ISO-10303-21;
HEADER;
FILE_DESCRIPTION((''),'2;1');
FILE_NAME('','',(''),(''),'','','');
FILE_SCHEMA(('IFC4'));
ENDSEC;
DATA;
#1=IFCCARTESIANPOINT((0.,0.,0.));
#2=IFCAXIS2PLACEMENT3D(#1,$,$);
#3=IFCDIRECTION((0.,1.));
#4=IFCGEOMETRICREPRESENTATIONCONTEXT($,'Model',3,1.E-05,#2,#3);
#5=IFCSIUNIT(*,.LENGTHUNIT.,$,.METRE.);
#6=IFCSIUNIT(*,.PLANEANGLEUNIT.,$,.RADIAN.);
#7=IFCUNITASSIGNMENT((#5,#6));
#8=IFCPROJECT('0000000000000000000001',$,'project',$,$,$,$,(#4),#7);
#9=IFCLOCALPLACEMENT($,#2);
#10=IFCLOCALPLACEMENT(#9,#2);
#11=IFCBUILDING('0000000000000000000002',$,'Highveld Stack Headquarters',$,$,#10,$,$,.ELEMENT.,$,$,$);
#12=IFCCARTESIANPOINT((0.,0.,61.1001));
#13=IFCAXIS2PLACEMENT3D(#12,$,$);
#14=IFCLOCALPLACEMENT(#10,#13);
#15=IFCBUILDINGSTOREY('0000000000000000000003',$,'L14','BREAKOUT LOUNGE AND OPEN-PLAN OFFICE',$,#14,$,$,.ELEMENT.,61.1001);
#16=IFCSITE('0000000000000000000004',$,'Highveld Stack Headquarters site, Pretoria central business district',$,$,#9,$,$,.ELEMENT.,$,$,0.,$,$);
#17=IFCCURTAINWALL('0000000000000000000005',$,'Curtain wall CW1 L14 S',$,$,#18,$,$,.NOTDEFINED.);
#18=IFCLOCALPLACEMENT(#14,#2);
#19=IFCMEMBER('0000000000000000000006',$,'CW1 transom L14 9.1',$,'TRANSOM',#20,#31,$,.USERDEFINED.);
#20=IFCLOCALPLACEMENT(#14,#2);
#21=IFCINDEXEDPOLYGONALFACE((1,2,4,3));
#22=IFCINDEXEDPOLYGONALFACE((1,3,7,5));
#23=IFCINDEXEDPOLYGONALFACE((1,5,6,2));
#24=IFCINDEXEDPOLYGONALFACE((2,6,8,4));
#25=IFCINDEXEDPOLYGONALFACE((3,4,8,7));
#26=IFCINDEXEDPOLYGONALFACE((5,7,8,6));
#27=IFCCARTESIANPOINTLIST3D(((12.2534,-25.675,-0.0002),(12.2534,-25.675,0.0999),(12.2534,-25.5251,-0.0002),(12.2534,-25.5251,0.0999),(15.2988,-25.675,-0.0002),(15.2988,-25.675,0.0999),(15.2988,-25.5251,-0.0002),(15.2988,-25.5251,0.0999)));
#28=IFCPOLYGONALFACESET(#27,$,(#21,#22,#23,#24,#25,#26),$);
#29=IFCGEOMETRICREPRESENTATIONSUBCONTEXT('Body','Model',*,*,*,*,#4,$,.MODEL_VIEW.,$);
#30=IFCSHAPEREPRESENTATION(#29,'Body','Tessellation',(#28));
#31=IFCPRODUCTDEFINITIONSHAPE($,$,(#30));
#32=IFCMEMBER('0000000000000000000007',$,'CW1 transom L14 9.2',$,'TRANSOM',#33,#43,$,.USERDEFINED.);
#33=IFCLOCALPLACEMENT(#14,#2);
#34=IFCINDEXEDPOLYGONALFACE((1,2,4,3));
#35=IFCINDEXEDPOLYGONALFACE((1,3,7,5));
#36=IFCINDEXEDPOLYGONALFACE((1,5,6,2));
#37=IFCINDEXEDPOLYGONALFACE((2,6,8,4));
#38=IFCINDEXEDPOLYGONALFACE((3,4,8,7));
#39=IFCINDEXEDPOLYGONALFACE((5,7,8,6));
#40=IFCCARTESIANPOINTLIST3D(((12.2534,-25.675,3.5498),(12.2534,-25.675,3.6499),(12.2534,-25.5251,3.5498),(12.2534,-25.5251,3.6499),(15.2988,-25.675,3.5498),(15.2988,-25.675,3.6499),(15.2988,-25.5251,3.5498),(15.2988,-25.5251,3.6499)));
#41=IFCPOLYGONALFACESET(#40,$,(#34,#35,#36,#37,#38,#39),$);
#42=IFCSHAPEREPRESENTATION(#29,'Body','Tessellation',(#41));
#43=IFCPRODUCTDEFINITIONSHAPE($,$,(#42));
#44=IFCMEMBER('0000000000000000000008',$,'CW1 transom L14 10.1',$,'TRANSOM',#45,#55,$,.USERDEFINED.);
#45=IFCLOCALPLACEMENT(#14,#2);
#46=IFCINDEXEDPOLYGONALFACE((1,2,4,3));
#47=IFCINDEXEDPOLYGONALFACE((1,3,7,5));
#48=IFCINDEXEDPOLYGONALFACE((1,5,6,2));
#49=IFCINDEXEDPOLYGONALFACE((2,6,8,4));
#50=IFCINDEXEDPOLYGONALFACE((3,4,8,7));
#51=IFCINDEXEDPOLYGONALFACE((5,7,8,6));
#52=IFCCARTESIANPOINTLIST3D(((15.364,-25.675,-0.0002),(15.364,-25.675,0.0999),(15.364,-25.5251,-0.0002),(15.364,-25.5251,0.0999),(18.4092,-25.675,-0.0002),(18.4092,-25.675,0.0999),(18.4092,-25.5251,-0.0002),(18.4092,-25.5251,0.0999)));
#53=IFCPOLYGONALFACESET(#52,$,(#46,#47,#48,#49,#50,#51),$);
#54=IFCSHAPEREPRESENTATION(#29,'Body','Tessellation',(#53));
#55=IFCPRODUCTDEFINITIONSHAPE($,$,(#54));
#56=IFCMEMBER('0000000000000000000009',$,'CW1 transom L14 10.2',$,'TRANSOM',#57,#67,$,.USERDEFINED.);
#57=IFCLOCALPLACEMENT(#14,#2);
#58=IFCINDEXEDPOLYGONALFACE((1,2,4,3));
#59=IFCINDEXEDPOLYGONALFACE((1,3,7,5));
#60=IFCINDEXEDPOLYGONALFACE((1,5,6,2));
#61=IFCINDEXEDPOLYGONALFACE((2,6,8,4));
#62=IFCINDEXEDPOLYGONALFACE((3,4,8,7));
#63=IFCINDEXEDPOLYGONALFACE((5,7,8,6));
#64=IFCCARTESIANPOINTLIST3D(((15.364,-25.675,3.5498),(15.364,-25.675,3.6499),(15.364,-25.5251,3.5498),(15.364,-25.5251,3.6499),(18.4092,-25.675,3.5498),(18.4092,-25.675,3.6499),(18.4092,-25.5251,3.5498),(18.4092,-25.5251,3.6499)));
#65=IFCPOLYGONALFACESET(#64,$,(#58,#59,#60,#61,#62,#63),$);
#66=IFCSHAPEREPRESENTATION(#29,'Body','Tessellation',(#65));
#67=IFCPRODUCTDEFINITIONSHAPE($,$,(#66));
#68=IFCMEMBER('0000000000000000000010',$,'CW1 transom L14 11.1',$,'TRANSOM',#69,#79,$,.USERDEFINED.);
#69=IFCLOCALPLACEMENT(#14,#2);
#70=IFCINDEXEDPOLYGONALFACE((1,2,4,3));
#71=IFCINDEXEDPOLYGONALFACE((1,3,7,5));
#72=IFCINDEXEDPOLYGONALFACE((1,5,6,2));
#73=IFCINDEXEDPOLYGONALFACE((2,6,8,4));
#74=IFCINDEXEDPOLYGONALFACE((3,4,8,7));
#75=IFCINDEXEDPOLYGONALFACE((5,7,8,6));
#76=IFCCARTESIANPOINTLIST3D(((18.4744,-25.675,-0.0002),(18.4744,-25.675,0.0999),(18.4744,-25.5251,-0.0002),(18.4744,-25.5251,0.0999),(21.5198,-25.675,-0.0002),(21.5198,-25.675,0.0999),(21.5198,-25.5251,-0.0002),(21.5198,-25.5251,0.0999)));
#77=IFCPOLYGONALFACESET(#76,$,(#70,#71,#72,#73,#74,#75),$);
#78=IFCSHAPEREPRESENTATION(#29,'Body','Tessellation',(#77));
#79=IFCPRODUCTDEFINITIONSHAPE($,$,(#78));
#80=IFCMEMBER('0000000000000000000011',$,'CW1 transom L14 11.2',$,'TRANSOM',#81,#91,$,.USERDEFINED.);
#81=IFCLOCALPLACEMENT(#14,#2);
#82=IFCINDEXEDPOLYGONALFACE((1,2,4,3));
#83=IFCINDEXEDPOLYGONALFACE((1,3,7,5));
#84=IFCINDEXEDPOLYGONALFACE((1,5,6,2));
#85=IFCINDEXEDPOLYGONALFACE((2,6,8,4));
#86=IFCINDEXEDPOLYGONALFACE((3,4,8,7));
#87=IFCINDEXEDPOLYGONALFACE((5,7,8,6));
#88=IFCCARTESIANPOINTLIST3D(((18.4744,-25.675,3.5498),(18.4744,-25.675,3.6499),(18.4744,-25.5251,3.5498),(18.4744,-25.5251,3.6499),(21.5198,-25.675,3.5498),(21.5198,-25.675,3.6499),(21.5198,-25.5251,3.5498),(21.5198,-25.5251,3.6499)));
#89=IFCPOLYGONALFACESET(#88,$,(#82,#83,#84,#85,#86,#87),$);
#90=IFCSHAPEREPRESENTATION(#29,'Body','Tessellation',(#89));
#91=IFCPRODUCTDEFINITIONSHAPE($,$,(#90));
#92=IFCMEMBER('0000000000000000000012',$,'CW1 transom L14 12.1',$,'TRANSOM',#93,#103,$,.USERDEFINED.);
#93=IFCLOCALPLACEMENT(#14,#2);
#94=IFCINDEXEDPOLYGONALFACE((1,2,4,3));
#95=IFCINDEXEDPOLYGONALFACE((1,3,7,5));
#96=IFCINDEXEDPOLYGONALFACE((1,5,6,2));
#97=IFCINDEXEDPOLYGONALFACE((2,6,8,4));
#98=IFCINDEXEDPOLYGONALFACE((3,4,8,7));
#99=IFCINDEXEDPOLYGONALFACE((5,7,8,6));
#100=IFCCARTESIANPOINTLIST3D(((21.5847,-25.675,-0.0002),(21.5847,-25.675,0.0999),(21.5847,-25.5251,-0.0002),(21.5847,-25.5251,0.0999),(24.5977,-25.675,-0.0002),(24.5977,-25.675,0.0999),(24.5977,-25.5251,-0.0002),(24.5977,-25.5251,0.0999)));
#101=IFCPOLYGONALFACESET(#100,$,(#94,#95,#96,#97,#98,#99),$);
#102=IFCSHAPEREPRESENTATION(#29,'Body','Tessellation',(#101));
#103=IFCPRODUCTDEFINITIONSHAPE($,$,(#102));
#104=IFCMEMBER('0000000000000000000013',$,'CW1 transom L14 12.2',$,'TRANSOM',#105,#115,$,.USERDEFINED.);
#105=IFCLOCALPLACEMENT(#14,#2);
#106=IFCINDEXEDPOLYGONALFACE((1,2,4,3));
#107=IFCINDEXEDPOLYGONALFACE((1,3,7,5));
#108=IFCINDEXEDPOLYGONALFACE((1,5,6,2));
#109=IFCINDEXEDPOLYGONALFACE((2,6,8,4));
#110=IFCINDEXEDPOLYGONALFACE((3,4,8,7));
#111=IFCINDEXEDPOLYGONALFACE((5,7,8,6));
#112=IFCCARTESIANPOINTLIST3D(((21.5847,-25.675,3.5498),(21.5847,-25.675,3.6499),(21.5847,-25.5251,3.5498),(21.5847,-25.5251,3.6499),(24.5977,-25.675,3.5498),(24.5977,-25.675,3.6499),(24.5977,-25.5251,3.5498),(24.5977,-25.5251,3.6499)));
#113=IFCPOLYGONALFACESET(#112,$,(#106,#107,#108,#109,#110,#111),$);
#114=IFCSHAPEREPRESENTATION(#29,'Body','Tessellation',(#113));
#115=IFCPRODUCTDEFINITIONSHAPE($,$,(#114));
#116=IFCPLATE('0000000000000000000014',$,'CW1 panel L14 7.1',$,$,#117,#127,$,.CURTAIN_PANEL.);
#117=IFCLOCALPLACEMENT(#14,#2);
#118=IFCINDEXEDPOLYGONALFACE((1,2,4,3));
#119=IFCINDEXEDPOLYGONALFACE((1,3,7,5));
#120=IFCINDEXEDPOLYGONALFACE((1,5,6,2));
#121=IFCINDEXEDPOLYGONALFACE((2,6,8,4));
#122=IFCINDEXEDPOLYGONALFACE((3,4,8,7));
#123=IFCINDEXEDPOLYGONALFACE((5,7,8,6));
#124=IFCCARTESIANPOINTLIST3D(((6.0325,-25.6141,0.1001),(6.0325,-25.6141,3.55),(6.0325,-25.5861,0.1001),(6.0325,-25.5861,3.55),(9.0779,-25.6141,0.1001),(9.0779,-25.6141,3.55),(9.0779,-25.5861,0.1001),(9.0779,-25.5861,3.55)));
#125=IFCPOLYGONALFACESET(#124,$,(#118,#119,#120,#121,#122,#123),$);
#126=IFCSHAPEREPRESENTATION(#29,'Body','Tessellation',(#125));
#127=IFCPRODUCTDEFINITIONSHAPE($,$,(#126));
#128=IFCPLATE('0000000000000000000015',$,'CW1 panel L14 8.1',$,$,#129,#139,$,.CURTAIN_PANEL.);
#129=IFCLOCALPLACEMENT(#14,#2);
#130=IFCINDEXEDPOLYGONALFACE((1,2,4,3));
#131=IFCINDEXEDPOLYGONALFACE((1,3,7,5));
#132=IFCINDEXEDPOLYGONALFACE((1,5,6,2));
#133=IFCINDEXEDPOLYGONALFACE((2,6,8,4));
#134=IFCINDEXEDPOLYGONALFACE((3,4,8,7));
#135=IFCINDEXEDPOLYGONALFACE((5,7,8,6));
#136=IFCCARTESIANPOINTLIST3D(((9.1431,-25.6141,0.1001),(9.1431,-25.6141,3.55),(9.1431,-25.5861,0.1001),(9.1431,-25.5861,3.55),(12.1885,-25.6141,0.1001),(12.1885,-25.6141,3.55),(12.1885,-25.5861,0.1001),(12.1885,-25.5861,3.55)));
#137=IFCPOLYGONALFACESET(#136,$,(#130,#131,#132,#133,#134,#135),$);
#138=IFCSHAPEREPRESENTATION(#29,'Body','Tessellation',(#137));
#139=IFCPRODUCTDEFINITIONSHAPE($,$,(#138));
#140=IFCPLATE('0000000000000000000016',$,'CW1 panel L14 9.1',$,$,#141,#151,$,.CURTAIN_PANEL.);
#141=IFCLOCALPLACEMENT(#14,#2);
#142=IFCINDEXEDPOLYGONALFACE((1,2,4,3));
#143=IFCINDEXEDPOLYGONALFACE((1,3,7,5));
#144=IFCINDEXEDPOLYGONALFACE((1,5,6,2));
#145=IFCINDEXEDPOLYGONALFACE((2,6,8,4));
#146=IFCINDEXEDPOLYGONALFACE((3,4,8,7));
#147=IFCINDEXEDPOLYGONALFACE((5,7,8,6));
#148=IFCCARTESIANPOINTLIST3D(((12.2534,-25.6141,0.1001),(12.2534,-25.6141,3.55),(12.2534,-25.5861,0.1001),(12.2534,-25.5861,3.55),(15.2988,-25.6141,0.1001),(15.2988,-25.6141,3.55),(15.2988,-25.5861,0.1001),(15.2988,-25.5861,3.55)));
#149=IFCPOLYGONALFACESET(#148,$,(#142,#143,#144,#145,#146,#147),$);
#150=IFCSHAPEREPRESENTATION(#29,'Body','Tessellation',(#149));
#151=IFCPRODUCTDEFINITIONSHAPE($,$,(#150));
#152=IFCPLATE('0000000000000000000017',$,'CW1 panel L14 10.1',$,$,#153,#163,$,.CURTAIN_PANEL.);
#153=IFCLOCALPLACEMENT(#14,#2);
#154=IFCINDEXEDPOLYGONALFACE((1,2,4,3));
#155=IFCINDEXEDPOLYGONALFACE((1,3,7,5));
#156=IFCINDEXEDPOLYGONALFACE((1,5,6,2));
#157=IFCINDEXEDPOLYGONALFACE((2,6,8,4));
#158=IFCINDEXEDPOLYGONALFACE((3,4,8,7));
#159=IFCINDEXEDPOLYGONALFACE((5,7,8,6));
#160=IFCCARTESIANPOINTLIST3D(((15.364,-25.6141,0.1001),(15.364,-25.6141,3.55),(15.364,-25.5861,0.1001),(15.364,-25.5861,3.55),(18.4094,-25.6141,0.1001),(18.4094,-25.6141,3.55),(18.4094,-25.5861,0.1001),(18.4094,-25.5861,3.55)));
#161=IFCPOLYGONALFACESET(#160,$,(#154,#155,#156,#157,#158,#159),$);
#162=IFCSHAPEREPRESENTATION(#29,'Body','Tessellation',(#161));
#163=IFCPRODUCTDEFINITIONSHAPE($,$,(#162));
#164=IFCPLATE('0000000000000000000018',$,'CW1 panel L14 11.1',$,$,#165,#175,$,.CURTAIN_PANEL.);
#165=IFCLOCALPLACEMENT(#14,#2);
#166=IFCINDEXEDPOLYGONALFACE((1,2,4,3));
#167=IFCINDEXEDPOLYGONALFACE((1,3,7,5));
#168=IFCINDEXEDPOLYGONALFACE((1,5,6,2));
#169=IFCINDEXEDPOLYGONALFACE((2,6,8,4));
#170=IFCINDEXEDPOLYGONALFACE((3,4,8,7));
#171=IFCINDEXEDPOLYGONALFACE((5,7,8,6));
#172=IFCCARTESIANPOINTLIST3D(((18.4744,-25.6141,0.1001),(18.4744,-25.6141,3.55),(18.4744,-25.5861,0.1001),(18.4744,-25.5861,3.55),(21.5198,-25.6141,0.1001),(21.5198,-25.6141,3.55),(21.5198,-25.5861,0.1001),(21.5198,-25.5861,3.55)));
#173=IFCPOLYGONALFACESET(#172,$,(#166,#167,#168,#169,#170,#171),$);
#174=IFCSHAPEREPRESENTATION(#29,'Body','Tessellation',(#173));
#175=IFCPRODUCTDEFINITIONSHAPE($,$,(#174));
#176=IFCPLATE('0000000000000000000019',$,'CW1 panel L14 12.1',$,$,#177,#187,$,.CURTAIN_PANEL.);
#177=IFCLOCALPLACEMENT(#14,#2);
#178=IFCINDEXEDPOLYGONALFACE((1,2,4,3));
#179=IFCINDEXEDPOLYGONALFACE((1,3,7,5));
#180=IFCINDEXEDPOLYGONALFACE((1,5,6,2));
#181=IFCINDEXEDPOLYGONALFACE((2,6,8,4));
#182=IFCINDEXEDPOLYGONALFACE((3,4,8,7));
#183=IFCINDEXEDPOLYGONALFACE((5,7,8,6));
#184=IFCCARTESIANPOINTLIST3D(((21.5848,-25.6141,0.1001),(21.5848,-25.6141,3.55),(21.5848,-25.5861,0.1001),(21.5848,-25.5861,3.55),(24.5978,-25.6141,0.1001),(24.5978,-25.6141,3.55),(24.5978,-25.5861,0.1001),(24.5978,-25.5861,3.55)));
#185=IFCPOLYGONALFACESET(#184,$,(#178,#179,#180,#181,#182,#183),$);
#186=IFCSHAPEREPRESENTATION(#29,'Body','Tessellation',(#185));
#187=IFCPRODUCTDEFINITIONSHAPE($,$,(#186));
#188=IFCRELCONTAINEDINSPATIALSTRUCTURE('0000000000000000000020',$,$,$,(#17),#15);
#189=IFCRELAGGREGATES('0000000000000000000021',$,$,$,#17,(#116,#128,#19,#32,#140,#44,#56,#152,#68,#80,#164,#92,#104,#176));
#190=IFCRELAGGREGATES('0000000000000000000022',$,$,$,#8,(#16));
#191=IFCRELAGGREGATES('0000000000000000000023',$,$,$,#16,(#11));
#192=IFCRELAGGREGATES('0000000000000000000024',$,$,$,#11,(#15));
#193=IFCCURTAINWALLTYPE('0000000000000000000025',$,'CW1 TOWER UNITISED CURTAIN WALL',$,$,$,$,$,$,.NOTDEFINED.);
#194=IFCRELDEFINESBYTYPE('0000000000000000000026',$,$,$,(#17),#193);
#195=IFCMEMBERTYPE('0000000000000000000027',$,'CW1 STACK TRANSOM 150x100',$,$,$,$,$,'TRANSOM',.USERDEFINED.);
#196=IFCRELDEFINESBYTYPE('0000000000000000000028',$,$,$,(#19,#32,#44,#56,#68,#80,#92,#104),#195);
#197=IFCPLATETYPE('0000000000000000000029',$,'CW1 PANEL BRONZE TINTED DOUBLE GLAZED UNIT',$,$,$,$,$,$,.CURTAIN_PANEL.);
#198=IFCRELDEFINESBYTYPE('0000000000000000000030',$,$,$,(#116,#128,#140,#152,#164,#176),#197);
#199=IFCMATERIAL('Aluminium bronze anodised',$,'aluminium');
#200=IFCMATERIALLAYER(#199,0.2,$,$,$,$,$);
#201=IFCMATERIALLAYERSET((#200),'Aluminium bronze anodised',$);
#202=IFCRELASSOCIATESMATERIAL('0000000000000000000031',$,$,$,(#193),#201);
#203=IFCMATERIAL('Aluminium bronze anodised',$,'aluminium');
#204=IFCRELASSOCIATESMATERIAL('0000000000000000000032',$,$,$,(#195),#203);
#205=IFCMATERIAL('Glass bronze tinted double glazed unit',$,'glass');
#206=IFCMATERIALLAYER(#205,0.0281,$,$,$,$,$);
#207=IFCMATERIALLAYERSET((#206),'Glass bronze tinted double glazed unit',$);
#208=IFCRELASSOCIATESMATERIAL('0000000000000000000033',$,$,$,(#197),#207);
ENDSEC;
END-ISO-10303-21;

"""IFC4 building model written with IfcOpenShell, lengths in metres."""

from ifc_helpers import new_model, si_unit, direction, frame, origin, origin_2d, place, context, subcontext, project, spatial, rectangle, extrude, material, layer, layer_set, material_profile, profile_set, type_object, element, aggregate, save


model = new_model("IFC4")

# Units and contexts
model_context = context("Model", 3, precision=1e-05, world=origin(), true_north=direction((0.0, 1.0)))
body_context = subcontext(model_context, "Body", "Model", "MODEL_VIEW")
ifc_project = project(units=[si_unit("LENGTHUNIT", "METRE"), si_unit("PLANEANGLEUNIT", "RADIAN")], contexts=[model_context])

# Site, building, storey
site_placement = place(None, origin())
site = spatial("IfcSite", under=ifc_project, at=site_placement, Name="Highveld Stack Headquarters site, Pretoria central business district", CompositionType="ELEMENT", RefElevation=0.0)
building_placement = place(site_placement, origin())
building = spatial("IfcBuilding", under=site, at=building_placement, Name="Highveld Stack Headquarters", CompositionType="ELEMENT")
storey_placement = place(building_placement, frame((0.0, 0.0, 61.1001)))
storey = spatial("IfcBuildingStorey", under=building, at=storey_placement, Name="L14", Description="BREAKOUT LOUNGE AND OPEN-PLAN OFFICE", CompositionType="ELEMENT", Elevation=61.1001)

# Curtain wall, members, plates
ifc_material_1 = material(Name="Aluminium bronze anodised", Category="aluminium")
ifc_layer_1 = layer(ifc_material_1, 0.2)
ifc_layer_set_1 = layer_set([ifc_layer_1], Name="Aluminium bronze anodised")
curtain_wall_type = type_object("IfcCurtainWallType", Name="CW1 TOWER UNITISED CURTAIN WALL", PredefinedType="NOTDEFINED", material=ifc_layer_set_1)
curtain_wall_placement = place(storey_placement, origin())
curtain_wall = element("IfcCurtainWall", 1, at=curtain_wall_placement, inside=storey, type_object=curtain_wall_type, Name="Curtain wall CW1 L14 S", PredefinedType="NOTDEFINED")
ifc_material_2 = material(Name="Aluminium bronze anodised", Category="aluminium")
ifc_material_profile_1 = material_profile(ifc_material_2, rectangle(XDim=0.1499, YDim=0.1001, at=origin_2d()), Name="CW1 TRANSOM 150x100")
ifc_profile_set_1 = profile_set([ifc_material_profile_1], Name="Aluminium bronze anodised")
member_type_1 = type_object("IfcMemberType", Name="CW1 STACK TRANSOM 150x100", ElementType="TRANSOM", PredefinedType="USERDEFINED", material=ifc_profile_set_1)
member_1_placement = place(storey_placement, frame((12.2534, -25.6001, 0.0498), z_axis=(1.0, 0.0, 0.0), x_axis=(0.0, 1.0, 0.0)))
member_1 = element("IfcMember", 2, at=member_1_placement, type_object=member_type_1, Name="CW1 transom L14 9.1", ObjectType="TRANSOM", PredefinedType="USERDEFINED", context=body_context, shape_type="SweptSolid", body=[
    extrude(rectangle(XDim=0.1499, YDim=0.1001, at=origin_2d()), origin(), (0.0, 0.0, 1.0), 3.0454),
])
member_2_placement = place(storey_placement, frame((12.2534, -25.6001, 3.5999), z_axis=(1.0, 0.0, 0.0), x_axis=(0.0, 1.0, 0.0)))
member_2 = element("IfcMember", 3, at=member_2_placement, type_object=member_type_1, Name="CW1 transom L14 9.2", ObjectType="TRANSOM", PredefinedType="USERDEFINED", context=body_context, shape_type="SweptSolid", body=[
    extrude(rectangle(XDim=0.1499, YDim=0.1001, at=origin_2d()), origin(), (0.0, 0.0, 1.0), 3.0454),
])
member_3_placement = place(storey_placement, frame((15.364, -25.6001, 0.0498), z_axis=(1.0, 0.0, 0.0), x_axis=(0.0, 1.0, 0.0)))
member_3 = element("IfcMember", 4, at=member_3_placement, type_object=member_type_1, Name="CW1 transom L14 10.1", ObjectType="TRANSOM", PredefinedType="USERDEFINED", context=body_context, shape_type="SweptSolid", body=[
    extrude(rectangle(XDim=0.1499, YDim=0.1001, at=origin_2d()), origin(), (0.0, 0.0, 1.0), 3.0452),
])
member_4_placement = place(storey_placement, frame((15.364, -25.6001, 3.5999), z_axis=(1.0, 0.0, 0.0), x_axis=(0.0, 1.0, 0.0)))
member_4 = element("IfcMember", 5, at=member_4_placement, type_object=member_type_1, Name="CW1 transom L14 10.2", ObjectType="TRANSOM", PredefinedType="USERDEFINED", context=body_context, shape_type="SweptSolid", body=[
    extrude(rectangle(XDim=0.1499, YDim=0.1001, at=origin_2d()), origin(), (0.0, 0.0, 1.0), 3.0452),
])
member_5_placement = place(storey_placement, frame((18.4744, -25.6001, 0.0498), z_axis=(1.0, 0.0, 0.0), x_axis=(0.0, 1.0, 0.0)))
member_5 = element("IfcMember", 6, at=member_5_placement, type_object=member_type_1, Name="CW1 transom L14 11.1", ObjectType="TRANSOM", PredefinedType="USERDEFINED", context=body_context, shape_type="SweptSolid", body=[
    extrude(rectangle(XDim=0.1499, YDim=0.1001, at=origin_2d()), origin(), (0.0, 0.0, 1.0), 3.0454),
])
member_6_placement = place(storey_placement, frame((18.4744, -25.6001, 3.5999), z_axis=(1.0, 0.0, 0.0), x_axis=(0.0, 1.0, 0.0)))
member_6 = element("IfcMember", 7, at=member_6_placement, type_object=member_type_1, Name="CW1 transom L14 11.2", ObjectType="TRANSOM", PredefinedType="USERDEFINED", context=body_context, shape_type="SweptSolid", body=[
    extrude(rectangle(XDim=0.1499, YDim=0.1001, at=origin_2d()), origin(), (0.0, 0.0, 1.0), 3.0454),
])
member_7_placement = place(storey_placement, frame((21.5847, -25.6001, 0.0498), z_axis=(1.0, 0.0, 0.0), x_axis=(0.0, 1.0, 0.0)))
member_7 = element("IfcMember", 8, at=member_7_placement, type_object=member_type_1, Name="CW1 transom L14 12.1", ObjectType="TRANSOM", PredefinedType="USERDEFINED", context=body_context, shape_type="SweptSolid", body=[
    extrude(rectangle(XDim=0.1499, YDim=0.1001, at=origin_2d()), origin(), (0.0, 0.0, 1.0), 3.0129),
])
member_8_placement = place(storey_placement, frame((21.5847, -25.6001, 3.5999), z_axis=(1.0, 0.0, 0.0), x_axis=(0.0, 1.0, 0.0)))
member_8 = element("IfcMember", 9, at=member_8_placement, type_object=member_type_1, Name="CW1 transom L14 12.2", ObjectType="TRANSOM", PredefinedType="USERDEFINED", context=body_context, shape_type="SweptSolid", body=[
    extrude(rectangle(XDim=0.1499, YDim=0.1001, at=origin_2d()), origin(), (0.0, 0.0, 1.0), 3.0129),
])
ifc_material_3 = material(Name="Glass bronze tinted double glazed unit", Category="glass")
ifc_layer_2 = layer(ifc_material_3, 0.0281)
ifc_layer_set_2 = layer_set([ifc_layer_2], Name="Glass bronze tinted double glazed unit")
plate_type = type_object("IfcPlateType", Name="CW1 PANEL BRONZE TINTED DOUBLE GLAZED UNIT", PredefinedType="CURTAIN_PANEL", material=ifc_layer_set_2)
plate_1_placement = place(storey_placement, frame((7.5552, -25.6001, 0.1001), z_axis=(0.0, 0.0, 1.0), x_axis=(1.0, 0.0, 0.0)))
plate_1 = element("IfcPlate", 10, at=plate_1_placement, type_object=plate_type, Name="CW1 panel L14 7.1", PredefinedType="CURTAIN_PANEL", context=body_context, shape_type="SweptSolid", body=[
    extrude(rectangle(XDim=3.0454, YDim=0.0281, at=origin_2d()), origin(), (0.0, 0.0, 1.0), 3.45),
])
plate_2_placement = place(storey_placement, frame((10.6658, -25.6001, 0.1001), z_axis=(0.0, 0.0, 1.0), x_axis=(1.0, 0.0, 0.0)))
plate_2 = element("IfcPlate", 11, at=plate_2_placement, type_object=plate_type, Name="CW1 panel L14 8.1", PredefinedType="CURTAIN_PANEL", context=body_context, shape_type="SweptSolid", body=[
    extrude(rectangle(XDim=3.0454, YDim=0.0281, at=origin_2d()), origin(), (0.0, 0.0, 1.0), 3.45),
])
plate_3_placement = place(storey_placement, frame((13.7761, -25.6001, 0.1001), z_axis=(0.0, 0.0, 1.0), x_axis=(1.0, 0.0, 0.0)))
plate_3 = element("IfcPlate", 12, at=plate_3_placement, type_object=plate_type, Name="CW1 panel L14 9.1", PredefinedType="CURTAIN_PANEL", context=body_context, shape_type="SweptSolid", body=[
    extrude(rectangle(XDim=3.0454, YDim=0.0281, at=origin_2d()), origin(), (0.0, 0.0, 1.0), 3.45),
])
plate_4_placement = place(storey_placement, frame((16.8867, -25.6001, 0.1001), z_axis=(0.0, 0.0, 1.0), x_axis=(1.0, 0.0, 0.0)))
plate_4 = element("IfcPlate", 13, at=plate_4_placement, type_object=plate_type, Name="CW1 panel L14 10.1", PredefinedType="CURTAIN_PANEL", context=body_context, shape_type="SweptSolid", body=[
    extrude(rectangle(XDim=3.0454, YDim=0.0281, at=origin_2d()), origin(), (0.0, 0.0, 1.0), 3.45),
])
plate_5_placement = place(storey_placement, frame((19.9971, -25.6001, 0.1001), z_axis=(0.0, 0.0, 1.0), x_axis=(1.0, 0.0, 0.0)))
plate_5 = element("IfcPlate", 14, at=plate_5_placement, type_object=plate_type, Name="CW1 panel L14 11.1", PredefinedType="CURTAIN_PANEL", context=body_context, shape_type="SweptSolid", body=[
    extrude(rectangle(XDim=3.0454, YDim=0.0281, at=origin_2d()), origin(), (0.0, 0.0, 1.0), 3.45),
])
plate_6_placement = place(storey_placement, frame((23.0913, -25.6001, 0.1001), z_axis=(0.0, 0.0, 1.0), x_axis=(1.0, 0.0, 0.0)))
plate_6 = element("IfcPlate", 15, at=plate_6_placement, type_object=plate_type, Name="CW1 panel L14 12.1", PredefinedType="CURTAIN_PANEL", context=body_context, shape_type="SweptSolid", body=[
    extrude(rectangle(XDim=3.0129, YDim=0.0281, at=origin_2d()), origin(), (0.0, 0.0, 1.0), 3.45),
])
aggregate(curtain_wall, [plate_1, plate_2, member_1, member_2, plate_3, member_3, member_4, plate_4, member_5, member_6, plate_5, member_7, member_8, plate_6])

save(model, "model.ifc")
